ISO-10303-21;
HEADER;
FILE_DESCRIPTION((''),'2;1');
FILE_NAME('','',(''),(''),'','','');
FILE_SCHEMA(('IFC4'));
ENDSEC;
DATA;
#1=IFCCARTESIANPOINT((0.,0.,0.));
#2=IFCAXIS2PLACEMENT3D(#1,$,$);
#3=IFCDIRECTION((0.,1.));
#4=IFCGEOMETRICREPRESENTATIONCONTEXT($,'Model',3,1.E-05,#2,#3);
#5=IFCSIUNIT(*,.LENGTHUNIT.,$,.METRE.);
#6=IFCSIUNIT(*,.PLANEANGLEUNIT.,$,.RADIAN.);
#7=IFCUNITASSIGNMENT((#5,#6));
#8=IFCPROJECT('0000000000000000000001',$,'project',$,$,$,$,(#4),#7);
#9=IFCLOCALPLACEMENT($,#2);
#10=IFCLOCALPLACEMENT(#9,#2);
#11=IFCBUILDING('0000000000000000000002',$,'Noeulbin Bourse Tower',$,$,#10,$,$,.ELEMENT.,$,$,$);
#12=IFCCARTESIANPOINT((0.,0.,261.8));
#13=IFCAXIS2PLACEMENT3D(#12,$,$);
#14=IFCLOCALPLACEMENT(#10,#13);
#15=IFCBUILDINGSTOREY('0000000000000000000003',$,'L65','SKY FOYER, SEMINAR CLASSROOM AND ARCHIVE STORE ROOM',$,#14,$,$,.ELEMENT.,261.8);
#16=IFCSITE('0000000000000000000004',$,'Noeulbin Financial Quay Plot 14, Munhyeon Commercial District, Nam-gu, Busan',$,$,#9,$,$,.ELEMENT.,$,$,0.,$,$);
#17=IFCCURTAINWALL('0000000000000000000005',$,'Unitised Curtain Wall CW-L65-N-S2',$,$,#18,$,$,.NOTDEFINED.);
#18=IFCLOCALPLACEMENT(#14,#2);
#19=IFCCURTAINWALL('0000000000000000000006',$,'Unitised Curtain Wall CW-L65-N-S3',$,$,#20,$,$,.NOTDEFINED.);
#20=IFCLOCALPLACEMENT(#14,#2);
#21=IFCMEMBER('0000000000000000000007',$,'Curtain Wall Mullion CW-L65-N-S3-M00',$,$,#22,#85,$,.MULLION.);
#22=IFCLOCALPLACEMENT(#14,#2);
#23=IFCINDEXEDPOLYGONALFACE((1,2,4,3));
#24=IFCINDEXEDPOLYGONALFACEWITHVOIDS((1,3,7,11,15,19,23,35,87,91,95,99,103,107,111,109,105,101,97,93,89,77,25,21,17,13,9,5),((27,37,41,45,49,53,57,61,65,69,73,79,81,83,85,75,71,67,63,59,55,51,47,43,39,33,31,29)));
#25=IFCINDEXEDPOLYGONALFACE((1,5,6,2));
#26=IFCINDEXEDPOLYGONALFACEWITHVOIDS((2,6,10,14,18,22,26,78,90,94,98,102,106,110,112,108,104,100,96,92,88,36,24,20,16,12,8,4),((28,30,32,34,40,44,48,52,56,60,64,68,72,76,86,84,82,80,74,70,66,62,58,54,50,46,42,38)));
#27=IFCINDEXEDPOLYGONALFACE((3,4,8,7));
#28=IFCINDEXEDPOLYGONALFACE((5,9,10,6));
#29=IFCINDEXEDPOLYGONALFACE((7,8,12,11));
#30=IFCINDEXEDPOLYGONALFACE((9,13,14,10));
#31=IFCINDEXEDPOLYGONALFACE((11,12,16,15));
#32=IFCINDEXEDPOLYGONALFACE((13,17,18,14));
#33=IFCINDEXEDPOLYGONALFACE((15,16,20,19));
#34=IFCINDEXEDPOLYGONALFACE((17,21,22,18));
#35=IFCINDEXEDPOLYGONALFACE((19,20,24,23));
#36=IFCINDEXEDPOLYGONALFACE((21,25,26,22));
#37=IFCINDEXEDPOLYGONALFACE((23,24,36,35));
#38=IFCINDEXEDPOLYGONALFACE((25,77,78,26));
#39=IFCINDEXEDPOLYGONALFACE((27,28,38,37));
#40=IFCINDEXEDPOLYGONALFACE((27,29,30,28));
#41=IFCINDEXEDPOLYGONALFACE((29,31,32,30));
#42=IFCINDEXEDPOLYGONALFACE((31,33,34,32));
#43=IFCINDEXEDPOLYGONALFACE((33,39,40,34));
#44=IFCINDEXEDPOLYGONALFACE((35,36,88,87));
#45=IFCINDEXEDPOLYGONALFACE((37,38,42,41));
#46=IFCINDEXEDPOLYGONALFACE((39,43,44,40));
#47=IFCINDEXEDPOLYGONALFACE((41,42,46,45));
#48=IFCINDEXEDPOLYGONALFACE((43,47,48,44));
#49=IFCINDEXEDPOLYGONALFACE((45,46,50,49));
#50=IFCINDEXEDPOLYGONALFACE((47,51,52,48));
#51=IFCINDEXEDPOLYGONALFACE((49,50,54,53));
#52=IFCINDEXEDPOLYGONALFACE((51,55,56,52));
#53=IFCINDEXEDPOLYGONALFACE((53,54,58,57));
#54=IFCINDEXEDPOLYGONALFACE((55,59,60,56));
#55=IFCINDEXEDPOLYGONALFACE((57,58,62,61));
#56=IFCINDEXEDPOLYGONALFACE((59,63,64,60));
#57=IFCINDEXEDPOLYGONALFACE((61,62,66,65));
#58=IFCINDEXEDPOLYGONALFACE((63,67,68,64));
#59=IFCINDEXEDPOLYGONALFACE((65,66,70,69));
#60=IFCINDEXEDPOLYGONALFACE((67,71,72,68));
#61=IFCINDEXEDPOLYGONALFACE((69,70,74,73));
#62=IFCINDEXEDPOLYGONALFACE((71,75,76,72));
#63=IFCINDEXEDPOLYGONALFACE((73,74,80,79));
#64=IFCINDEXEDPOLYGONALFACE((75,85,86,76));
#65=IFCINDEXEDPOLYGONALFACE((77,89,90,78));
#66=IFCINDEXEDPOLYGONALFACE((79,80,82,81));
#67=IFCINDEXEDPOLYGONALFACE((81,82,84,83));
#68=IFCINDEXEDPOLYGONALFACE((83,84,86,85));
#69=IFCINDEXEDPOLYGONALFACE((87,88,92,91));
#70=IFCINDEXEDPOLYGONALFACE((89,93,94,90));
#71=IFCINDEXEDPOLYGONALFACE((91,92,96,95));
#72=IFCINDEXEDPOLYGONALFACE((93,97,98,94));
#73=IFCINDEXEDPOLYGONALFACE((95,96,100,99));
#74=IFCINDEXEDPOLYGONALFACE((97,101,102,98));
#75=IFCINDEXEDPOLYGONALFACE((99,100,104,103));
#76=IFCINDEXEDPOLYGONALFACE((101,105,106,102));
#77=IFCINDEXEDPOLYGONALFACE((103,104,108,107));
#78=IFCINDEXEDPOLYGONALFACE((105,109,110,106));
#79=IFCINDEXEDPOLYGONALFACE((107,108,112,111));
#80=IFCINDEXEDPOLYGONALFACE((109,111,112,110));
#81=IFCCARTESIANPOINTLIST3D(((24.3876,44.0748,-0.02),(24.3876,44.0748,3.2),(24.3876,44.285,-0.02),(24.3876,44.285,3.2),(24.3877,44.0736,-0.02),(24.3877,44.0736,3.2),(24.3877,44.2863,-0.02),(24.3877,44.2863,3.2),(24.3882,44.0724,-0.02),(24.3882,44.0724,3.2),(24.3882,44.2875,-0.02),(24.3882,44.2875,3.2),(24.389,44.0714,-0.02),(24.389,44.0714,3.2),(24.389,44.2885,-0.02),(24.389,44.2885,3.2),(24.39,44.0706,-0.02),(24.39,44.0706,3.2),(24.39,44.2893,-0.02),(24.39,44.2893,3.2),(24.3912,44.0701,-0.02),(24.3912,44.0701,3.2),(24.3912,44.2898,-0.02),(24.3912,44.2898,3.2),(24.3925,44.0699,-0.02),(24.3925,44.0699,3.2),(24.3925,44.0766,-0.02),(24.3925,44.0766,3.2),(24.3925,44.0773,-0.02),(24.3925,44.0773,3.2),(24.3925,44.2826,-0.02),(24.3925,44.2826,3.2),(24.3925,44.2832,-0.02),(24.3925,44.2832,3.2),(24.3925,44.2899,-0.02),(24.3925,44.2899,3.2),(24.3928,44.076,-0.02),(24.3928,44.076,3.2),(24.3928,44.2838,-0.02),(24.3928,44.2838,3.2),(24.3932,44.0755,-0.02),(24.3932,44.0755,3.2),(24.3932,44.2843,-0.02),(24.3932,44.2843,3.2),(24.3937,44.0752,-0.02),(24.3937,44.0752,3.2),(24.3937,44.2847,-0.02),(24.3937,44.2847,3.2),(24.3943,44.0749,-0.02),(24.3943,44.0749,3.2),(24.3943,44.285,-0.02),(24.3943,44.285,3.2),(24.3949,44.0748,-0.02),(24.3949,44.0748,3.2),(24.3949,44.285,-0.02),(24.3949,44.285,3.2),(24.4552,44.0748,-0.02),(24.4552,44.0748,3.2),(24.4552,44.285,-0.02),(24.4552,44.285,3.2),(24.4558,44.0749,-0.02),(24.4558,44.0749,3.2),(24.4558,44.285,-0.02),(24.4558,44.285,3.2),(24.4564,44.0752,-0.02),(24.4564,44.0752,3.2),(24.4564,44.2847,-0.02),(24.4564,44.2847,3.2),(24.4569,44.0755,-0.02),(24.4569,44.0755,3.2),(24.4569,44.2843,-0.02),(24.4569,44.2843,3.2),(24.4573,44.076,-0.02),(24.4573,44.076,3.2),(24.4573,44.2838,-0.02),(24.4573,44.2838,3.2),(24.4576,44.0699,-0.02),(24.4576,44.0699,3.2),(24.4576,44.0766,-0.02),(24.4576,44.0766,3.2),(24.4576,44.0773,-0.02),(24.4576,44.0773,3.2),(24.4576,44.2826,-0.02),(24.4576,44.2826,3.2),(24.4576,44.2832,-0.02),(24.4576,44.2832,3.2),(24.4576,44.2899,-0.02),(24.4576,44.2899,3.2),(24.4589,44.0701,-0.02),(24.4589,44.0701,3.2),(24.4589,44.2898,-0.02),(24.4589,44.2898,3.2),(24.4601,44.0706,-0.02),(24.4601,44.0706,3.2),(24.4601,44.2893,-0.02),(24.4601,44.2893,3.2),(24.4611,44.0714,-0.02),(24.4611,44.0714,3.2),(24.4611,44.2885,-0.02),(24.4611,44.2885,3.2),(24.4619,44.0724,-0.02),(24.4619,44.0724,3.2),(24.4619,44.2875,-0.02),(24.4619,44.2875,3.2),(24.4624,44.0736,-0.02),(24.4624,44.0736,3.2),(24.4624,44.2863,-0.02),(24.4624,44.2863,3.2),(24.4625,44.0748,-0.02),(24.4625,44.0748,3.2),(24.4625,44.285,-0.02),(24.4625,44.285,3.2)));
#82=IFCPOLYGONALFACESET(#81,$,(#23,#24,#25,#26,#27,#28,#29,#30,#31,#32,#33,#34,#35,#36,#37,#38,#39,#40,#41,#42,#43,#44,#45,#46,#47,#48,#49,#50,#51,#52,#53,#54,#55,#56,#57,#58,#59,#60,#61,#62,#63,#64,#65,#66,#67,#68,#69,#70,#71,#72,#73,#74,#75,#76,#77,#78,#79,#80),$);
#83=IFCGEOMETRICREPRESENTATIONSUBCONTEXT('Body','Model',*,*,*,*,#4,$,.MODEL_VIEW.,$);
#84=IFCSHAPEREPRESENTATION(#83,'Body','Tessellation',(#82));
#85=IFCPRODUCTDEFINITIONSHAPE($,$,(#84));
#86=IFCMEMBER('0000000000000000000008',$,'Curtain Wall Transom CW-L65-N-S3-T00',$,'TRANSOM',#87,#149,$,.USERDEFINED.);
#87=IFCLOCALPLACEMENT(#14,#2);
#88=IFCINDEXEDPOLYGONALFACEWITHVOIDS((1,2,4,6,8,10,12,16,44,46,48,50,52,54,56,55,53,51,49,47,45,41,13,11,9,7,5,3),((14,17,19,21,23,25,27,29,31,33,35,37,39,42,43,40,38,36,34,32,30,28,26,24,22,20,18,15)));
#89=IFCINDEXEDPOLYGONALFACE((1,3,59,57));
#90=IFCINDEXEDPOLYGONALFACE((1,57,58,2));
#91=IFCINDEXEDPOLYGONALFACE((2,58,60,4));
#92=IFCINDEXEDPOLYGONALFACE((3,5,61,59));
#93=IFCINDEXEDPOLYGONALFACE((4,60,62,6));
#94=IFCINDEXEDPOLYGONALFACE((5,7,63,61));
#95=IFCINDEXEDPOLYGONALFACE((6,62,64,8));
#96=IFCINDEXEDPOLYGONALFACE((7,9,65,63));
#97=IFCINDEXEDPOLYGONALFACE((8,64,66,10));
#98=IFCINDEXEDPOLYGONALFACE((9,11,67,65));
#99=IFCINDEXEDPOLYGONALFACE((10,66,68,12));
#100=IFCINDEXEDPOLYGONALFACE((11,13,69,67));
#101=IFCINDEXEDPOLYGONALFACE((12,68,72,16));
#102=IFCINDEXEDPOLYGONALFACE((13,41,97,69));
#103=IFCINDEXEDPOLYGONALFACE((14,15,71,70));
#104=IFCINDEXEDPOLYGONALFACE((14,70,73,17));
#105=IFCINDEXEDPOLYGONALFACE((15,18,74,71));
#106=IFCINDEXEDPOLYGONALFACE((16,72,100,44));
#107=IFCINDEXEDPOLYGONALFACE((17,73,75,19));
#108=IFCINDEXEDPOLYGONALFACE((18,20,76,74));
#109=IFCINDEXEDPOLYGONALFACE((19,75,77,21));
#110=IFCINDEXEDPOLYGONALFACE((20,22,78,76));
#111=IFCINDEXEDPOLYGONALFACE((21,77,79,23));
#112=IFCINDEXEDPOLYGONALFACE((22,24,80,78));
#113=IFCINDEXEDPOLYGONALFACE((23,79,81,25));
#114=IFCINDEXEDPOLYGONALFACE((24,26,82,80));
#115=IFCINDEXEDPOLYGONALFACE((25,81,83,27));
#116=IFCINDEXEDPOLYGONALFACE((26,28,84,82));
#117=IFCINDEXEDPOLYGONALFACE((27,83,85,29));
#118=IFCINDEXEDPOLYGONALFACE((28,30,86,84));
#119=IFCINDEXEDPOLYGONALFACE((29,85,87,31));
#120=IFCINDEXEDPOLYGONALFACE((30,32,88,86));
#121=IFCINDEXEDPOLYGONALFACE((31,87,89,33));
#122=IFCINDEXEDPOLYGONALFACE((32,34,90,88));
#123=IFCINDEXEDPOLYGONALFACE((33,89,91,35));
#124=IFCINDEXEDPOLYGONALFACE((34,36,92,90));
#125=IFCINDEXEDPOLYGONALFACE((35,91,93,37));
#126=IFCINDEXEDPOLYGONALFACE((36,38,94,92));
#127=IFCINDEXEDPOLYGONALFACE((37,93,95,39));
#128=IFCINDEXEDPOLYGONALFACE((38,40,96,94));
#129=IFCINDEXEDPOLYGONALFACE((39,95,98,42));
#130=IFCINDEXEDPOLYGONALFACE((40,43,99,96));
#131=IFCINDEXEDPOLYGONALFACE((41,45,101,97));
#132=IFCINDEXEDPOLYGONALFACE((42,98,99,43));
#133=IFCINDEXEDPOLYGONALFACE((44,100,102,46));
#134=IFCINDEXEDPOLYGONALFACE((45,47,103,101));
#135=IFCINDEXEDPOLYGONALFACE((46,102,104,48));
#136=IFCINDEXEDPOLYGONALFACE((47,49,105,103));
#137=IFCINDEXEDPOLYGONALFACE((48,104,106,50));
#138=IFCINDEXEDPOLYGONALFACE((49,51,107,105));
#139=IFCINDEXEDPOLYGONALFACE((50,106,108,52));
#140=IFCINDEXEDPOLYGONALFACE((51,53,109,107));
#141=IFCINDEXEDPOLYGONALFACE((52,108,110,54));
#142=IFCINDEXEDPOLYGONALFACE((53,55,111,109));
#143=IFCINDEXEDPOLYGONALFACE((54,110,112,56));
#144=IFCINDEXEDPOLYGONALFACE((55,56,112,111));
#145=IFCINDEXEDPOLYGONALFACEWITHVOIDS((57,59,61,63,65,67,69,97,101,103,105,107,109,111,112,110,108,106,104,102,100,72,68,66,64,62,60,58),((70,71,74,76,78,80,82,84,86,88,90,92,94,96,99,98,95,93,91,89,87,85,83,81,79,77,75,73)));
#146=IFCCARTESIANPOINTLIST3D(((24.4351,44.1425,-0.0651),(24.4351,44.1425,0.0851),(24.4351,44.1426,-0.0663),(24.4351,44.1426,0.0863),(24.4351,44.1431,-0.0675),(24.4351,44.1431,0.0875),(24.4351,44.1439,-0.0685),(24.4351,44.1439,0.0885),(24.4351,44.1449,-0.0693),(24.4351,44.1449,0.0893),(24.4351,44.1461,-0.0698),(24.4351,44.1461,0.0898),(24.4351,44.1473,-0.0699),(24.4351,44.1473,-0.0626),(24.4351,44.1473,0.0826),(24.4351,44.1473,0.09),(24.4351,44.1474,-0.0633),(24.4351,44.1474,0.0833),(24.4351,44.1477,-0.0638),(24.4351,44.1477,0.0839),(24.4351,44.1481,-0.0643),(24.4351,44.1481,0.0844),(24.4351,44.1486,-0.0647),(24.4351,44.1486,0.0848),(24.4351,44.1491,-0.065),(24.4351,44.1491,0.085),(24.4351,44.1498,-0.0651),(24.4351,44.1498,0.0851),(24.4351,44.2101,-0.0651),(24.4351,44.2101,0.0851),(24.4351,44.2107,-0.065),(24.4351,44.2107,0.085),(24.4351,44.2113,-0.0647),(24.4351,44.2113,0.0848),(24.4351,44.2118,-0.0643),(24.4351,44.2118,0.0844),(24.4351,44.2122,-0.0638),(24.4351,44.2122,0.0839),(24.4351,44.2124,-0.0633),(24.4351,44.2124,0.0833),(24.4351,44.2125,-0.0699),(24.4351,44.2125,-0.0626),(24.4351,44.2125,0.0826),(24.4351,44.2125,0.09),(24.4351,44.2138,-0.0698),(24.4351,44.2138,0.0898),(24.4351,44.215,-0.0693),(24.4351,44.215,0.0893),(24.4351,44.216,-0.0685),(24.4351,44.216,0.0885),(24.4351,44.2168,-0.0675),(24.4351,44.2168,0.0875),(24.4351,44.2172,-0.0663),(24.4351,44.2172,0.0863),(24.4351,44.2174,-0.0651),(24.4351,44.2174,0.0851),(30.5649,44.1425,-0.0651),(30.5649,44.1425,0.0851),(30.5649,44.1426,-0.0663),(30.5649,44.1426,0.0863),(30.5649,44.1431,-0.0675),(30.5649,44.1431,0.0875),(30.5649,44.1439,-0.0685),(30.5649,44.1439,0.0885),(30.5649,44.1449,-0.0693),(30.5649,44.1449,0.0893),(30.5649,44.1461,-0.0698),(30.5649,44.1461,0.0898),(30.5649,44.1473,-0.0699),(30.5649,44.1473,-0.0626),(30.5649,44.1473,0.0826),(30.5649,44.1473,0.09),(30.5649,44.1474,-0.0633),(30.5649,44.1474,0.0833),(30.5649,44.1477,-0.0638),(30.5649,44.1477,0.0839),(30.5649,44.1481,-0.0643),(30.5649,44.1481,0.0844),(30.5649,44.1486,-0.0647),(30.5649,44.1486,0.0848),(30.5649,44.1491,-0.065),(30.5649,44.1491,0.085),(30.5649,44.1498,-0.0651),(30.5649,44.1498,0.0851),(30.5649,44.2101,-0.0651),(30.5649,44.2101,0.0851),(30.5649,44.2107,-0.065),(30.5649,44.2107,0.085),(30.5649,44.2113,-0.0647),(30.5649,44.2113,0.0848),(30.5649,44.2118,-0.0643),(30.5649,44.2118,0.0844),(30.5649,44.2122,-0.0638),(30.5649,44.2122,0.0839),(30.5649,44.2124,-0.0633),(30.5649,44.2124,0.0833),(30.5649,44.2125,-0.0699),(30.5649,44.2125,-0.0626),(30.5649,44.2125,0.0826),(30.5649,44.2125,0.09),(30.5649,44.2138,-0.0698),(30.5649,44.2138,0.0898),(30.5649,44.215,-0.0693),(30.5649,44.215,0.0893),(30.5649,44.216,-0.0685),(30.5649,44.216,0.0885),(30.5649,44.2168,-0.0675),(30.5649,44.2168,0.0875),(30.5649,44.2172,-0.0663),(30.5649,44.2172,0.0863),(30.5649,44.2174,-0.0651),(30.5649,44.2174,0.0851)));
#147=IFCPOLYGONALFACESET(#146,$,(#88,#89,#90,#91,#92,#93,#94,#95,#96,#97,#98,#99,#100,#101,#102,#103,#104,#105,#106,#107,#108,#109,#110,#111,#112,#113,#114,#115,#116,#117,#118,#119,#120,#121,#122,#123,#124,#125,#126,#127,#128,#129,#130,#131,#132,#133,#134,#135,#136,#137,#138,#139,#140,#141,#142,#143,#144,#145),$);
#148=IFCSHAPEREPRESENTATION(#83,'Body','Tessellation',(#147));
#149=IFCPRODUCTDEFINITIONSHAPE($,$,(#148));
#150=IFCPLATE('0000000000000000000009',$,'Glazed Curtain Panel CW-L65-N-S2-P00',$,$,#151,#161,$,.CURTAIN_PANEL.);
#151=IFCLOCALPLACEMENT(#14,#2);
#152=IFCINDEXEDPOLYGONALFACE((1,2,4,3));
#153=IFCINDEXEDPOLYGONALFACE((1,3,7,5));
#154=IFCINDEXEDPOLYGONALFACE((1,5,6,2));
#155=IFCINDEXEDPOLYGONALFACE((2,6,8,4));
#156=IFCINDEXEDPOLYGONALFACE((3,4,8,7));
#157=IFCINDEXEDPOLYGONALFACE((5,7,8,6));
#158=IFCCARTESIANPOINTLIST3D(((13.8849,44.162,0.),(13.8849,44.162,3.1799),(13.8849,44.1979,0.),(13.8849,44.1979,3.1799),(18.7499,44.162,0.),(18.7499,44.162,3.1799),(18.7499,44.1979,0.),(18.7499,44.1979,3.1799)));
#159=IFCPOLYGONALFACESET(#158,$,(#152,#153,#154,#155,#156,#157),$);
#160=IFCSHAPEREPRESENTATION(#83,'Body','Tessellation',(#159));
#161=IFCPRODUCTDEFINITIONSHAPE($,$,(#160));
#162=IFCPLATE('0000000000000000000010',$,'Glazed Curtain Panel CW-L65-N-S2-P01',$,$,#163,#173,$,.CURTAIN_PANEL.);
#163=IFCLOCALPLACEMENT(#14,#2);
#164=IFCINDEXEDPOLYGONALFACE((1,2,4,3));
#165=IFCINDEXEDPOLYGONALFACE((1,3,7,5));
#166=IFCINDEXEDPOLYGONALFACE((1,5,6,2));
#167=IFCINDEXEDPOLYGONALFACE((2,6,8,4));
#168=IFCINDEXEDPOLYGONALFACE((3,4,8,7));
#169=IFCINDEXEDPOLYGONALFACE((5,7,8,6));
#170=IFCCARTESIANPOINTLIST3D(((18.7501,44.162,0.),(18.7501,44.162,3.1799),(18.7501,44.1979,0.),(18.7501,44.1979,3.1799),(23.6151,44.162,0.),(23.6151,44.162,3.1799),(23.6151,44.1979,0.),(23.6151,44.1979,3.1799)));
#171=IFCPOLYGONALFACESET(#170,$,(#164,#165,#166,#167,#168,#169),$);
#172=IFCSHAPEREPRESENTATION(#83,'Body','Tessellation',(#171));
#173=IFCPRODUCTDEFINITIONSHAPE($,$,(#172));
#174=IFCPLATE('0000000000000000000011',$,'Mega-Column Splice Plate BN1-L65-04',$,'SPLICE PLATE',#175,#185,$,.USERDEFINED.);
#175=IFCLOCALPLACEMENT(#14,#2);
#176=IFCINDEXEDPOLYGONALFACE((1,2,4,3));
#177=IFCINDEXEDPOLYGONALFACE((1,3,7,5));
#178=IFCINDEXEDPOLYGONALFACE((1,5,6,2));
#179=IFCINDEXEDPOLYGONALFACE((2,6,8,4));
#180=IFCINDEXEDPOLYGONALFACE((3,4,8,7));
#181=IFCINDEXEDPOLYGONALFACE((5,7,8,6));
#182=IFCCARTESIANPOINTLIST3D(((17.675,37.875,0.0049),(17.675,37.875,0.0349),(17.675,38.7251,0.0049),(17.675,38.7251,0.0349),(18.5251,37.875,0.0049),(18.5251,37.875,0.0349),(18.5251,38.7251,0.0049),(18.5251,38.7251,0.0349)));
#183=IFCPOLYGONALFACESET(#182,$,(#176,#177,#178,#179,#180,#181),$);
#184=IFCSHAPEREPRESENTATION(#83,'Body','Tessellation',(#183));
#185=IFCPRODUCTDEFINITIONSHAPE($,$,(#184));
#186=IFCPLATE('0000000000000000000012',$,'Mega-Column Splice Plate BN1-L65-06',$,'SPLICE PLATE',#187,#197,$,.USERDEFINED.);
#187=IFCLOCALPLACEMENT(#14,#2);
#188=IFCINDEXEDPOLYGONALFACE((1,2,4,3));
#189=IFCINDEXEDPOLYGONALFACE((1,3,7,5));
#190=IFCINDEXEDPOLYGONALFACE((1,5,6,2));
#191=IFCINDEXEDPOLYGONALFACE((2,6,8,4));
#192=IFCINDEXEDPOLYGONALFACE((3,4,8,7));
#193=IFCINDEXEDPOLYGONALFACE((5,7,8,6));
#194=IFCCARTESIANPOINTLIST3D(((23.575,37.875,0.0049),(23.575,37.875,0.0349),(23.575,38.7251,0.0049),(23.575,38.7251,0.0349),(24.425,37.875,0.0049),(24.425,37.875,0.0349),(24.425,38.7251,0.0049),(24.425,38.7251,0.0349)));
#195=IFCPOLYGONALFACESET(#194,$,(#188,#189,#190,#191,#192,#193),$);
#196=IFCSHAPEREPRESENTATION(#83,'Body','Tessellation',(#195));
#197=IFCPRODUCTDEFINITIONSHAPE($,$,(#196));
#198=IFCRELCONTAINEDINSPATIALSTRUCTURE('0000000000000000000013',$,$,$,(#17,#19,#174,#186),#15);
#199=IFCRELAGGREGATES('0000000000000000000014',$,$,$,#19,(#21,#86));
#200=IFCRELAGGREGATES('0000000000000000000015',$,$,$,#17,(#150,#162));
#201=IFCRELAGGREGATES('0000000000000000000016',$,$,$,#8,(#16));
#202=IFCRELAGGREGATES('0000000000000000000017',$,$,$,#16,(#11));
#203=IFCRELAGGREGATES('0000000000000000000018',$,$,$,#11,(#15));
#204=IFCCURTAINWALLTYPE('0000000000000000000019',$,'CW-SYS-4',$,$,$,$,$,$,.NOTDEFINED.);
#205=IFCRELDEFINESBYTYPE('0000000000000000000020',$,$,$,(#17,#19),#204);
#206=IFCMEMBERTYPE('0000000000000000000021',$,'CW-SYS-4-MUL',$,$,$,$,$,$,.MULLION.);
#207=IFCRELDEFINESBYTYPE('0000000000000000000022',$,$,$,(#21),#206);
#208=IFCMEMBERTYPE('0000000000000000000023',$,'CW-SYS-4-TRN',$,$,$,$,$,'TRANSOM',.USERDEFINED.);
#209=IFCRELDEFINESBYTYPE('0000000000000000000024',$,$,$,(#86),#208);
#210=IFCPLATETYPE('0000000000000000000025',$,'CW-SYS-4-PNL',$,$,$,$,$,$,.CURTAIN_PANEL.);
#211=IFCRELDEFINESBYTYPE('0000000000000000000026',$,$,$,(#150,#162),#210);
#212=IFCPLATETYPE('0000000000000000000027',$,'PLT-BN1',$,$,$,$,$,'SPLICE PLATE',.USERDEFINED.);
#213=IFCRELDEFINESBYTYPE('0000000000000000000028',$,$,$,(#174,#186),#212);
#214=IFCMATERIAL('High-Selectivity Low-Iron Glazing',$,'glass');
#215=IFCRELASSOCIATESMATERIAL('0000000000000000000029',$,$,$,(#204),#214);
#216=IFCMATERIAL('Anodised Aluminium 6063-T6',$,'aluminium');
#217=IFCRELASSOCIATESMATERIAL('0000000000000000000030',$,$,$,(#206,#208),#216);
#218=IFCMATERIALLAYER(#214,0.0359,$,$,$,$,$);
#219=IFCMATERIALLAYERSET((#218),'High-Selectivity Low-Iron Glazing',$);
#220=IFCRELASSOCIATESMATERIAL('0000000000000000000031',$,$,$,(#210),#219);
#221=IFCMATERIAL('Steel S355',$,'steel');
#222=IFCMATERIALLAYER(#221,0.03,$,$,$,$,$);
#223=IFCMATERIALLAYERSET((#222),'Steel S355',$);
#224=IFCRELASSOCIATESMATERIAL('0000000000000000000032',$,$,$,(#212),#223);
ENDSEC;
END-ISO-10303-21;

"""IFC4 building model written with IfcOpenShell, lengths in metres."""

from ifc_helpers import new_model, si_unit, direction, frame, origin, origin_2d, place, context, subcontext, project, spatial, rectangle, hollow_rectangle, extrude, material, layer, layer_set, material_profile, profile_set, type_object, element, aggregate, save


model = new_model("IFC4")

# Units and contexts
model_context = context("Model", 3, precision=1e-05, world=origin(), true_north=direction((0.0, 1.0)))
body_context = subcontext(model_context, "Body", "Model", "MODEL_VIEW")
ifc_project = project(units=[si_unit("LENGTHUNIT", "METRE"), si_unit("PLANEANGLEUNIT", "RADIAN")], contexts=[model_context])

# Site, building, storey
site_placement = place(None, origin())
site = spatial("IfcSite", under=ifc_project, at=site_placement, Name="Noeulbin Financial Quay Plot 14, Munhyeon Commercial District, Nam-gu, Busan", CompositionType="ELEMENT", RefElevation=0.0)
building_placement = place(site_placement, origin())
building = spatial("IfcBuilding", under=site, at=building_placement, Name="Noeulbin Bourse Tower", CompositionType="ELEMENT")
storey_placement = place(building_placement, frame((0.0, 0.0, 261.8)))
storey = spatial("IfcBuildingStorey", under=building, at=storey_placement, Name="L65", Description="SKY FOYER, SEMINAR CLASSROOM AND ARCHIVE STORE ROOM", CompositionType="ELEMENT", Elevation=261.8)

# Shared definitions
ifc_material_1 = material(Name="Steel S355", Category="steel")

# Curtain walls, members
ifc_material_2 = material(Name="High-Selectivity Low-Iron Glazing", Category="glass")
curtain_wall_type = type_object("IfcCurtainWallType", Name="CW-SYS-4", PredefinedType="NOTDEFINED", material=ifc_material_2)
curtain_wall_1_placement = place(storey_placement, origin())
curtain_wall_1 = element("IfcCurtainWall", 1, at=curtain_wall_1_placement, inside=storey, type_object=curtain_wall_type, Name="Unitised Curtain Wall CW-L65-N-S2", PredefinedType="NOTDEFINED")
ifc_material_3 = material(Name="Anodised Aluminium 6063-T6", Category="aluminium")
ifc_material_profile_1 = material_profile(ifc_material_3, hollow_rectangle(XDim=0.075, YDim=0.22, WallThickness=0.0049, InnerFilletRadius=0.0024, OuterFilletRadius=0.0049, at=origin_2d()), Name="ALU-MULL-75x220x5", Category="LoadBearing")
ifc_profile_set_1 = profile_set([ifc_material_profile_1], Name="Anodised Aluminium 6063-T6")
member_type_1 = type_object("IfcMemberType", Name="CW-SYS-4-MUL", PredefinedType="MULLION", material=ifc_profile_set_1)
curtain_wall_2_placement = place(storey_placement, origin())
curtain_wall_2 = element("IfcCurtainWall", 2, at=curtain_wall_2_placement, inside=storey, type_object=curtain_wall_type, Name="Unitised Curtain Wall CW-L65-N-S3", PredefinedType="NOTDEFINED")
member_1_placement = place(storey_placement, frame((24.425, 44.1799, -0.02), z_axis=(0.0, 0.0, 1.0), x_axis=(1.0, 0.0, 0.0)))
member_1 = element("IfcMember", 3, at=member_1_placement, type_object=member_type_1, Name="Curtain Wall Mullion CW-L65-N-S3-M00", PredefinedType="MULLION", context=body_context, shape_type="SweptSolid", body=[
    extrude(hollow_rectangle(XDim=0.075, YDim=0.22, WallThickness=0.0049, InnerFilletRadius=0.0024, OuterFilletRadius=0.0049, at=origin_2d()), origin(), (0.0, 0.0, 1.0), 3.22),
])
ifc_material_profile_2 = material_profile(ifc_material_3, hollow_rectangle(XDim=0.075, YDim=0.1599, WallThickness=0.0049, InnerFilletRadius=0.0024, OuterFilletRadius=0.0049, at=origin_2d()), Name="ALU-TRAN-75x160x5", Category="LoadBearing")
ifc_profile_set_2 = profile_set([ifc_material_profile_2], Name="Anodised Aluminium 6063-T6")
member_type_2 = type_object("IfcMemberType", Name="CW-SYS-4-TRN", ElementType="TRANSOM", PredefinedType="USERDEFINED", material=ifc_profile_set_2)
member_2_placement = place(storey_placement, frame((24.4351, 44.1799, 0.01), z_axis=(1.0, 0.0, 0.0), x_axis=(0.0, 1.0, 0.0)))
member_2 = element("IfcMember", 4, at=member_2_placement, type_object=member_type_2, Name="Curtain Wall Transom CW-L65-N-S3-T00", ObjectType="TRANSOM", PredefinedType="USERDEFINED", context=body_context, shape_type="SweptSolid", body=[
    extrude(hollow_rectangle(XDim=0.075, YDim=0.1599, WallThickness=0.0049, InnerFilletRadius=0.0024, OuterFilletRadius=0.0049, at=origin_2d()), origin(), (0.0, 0.0, 1.0), 6.1299),
])
aggregate(curtain_wall_2, [member_1, member_2])

# Plates
ifc_layer_1 = layer(ifc_material_2, 0.0359)
ifc_layer_set_1 = layer_set([ifc_layer_1], Name="High-Selectivity Low-Iron Glazing")
plate_type_1 = type_object("IfcPlateType", Name="CW-SYS-4-PNL", PredefinedType="CURTAIN_PANEL", material=ifc_layer_set_1)
plate_1_placement = place(storey_placement, frame((16.3174, 44.1799, 0.0), z_axis=(0.0, 0.0, 1.0), x_axis=(1.0, 0.0, 0.0)))
plate_1 = element("IfcPlate", 5, at=plate_1_placement, type_object=plate_type_1, Name="Glazed Curtain Panel CW-L65-N-S2-P00", PredefinedType="CURTAIN_PANEL", context=body_context, shape_type="SweptSolid", body=[
    extrude(rectangle(XDim=4.865, YDim=0.0359, at=origin_2d()), origin(), (0.0, 0.0, 1.0), 3.1799),
])
plate_2_placement = place(storey_placement, frame((21.1826, 44.1799, 0.0), z_axis=(0.0, 0.0, 1.0), x_axis=(1.0, 0.0, 0.0)))
plate_2 = element("IfcPlate", 6, at=plate_2_placement, type_object=plate_type_1, Name="Glazed Curtain Panel CW-L65-N-S2-P01", PredefinedType="CURTAIN_PANEL", context=body_context, shape_type="SweptSolid", body=[
    extrude(rectangle(XDim=4.865, YDim=0.0359, at=origin_2d()), origin(), (0.0, 0.0, 1.0), 3.1799),
])
aggregate(curtain_wall_1, [plate_1, plate_2])

# Plates
ifc_layer_2 = layer(ifc_material_1, 0.03)
ifc_layer_set_2 = layer_set([ifc_layer_2], Name="Steel S355")
plate_type_2 = type_object("IfcPlateType", Name="PLT-BN1", ElementType="SPLICE PLATE", PredefinedType="USERDEFINED", material=ifc_layer_set_2)
for number, where, z_axis, x_axis, name in (
    (7, (18.1001, 38.3, 0.0049), (0.0, 0.0, 1.0), (1.0, 0.0, 0.0), "Mega-Column Splice Plate BN1-L65-04"),
    (8, (24.0, 38.3, 0.0049), (0.0, 0.0, 1.0), (1.0, 0.0, 0.0), "Mega-Column Splice Plate BN1-L65-06"),
):
    element("IfcPlate", number, at=place(storey_placement, frame(where, z_axis=z_axis, x_axis=x_axis)), inside=storey, type_object=plate_type_2, Name=name, ObjectType="SPLICE PLATE", PredefinedType="USERDEFINED", context=body_context, shape_type="SweptSolid", body=[
        extrude(rectangle(XDim=0.8501, YDim=0.8501, at=origin_2d()), origin(), (0.0, 0.0, 1.0), 0.03),
    ])

save(model, "model.ifc")
